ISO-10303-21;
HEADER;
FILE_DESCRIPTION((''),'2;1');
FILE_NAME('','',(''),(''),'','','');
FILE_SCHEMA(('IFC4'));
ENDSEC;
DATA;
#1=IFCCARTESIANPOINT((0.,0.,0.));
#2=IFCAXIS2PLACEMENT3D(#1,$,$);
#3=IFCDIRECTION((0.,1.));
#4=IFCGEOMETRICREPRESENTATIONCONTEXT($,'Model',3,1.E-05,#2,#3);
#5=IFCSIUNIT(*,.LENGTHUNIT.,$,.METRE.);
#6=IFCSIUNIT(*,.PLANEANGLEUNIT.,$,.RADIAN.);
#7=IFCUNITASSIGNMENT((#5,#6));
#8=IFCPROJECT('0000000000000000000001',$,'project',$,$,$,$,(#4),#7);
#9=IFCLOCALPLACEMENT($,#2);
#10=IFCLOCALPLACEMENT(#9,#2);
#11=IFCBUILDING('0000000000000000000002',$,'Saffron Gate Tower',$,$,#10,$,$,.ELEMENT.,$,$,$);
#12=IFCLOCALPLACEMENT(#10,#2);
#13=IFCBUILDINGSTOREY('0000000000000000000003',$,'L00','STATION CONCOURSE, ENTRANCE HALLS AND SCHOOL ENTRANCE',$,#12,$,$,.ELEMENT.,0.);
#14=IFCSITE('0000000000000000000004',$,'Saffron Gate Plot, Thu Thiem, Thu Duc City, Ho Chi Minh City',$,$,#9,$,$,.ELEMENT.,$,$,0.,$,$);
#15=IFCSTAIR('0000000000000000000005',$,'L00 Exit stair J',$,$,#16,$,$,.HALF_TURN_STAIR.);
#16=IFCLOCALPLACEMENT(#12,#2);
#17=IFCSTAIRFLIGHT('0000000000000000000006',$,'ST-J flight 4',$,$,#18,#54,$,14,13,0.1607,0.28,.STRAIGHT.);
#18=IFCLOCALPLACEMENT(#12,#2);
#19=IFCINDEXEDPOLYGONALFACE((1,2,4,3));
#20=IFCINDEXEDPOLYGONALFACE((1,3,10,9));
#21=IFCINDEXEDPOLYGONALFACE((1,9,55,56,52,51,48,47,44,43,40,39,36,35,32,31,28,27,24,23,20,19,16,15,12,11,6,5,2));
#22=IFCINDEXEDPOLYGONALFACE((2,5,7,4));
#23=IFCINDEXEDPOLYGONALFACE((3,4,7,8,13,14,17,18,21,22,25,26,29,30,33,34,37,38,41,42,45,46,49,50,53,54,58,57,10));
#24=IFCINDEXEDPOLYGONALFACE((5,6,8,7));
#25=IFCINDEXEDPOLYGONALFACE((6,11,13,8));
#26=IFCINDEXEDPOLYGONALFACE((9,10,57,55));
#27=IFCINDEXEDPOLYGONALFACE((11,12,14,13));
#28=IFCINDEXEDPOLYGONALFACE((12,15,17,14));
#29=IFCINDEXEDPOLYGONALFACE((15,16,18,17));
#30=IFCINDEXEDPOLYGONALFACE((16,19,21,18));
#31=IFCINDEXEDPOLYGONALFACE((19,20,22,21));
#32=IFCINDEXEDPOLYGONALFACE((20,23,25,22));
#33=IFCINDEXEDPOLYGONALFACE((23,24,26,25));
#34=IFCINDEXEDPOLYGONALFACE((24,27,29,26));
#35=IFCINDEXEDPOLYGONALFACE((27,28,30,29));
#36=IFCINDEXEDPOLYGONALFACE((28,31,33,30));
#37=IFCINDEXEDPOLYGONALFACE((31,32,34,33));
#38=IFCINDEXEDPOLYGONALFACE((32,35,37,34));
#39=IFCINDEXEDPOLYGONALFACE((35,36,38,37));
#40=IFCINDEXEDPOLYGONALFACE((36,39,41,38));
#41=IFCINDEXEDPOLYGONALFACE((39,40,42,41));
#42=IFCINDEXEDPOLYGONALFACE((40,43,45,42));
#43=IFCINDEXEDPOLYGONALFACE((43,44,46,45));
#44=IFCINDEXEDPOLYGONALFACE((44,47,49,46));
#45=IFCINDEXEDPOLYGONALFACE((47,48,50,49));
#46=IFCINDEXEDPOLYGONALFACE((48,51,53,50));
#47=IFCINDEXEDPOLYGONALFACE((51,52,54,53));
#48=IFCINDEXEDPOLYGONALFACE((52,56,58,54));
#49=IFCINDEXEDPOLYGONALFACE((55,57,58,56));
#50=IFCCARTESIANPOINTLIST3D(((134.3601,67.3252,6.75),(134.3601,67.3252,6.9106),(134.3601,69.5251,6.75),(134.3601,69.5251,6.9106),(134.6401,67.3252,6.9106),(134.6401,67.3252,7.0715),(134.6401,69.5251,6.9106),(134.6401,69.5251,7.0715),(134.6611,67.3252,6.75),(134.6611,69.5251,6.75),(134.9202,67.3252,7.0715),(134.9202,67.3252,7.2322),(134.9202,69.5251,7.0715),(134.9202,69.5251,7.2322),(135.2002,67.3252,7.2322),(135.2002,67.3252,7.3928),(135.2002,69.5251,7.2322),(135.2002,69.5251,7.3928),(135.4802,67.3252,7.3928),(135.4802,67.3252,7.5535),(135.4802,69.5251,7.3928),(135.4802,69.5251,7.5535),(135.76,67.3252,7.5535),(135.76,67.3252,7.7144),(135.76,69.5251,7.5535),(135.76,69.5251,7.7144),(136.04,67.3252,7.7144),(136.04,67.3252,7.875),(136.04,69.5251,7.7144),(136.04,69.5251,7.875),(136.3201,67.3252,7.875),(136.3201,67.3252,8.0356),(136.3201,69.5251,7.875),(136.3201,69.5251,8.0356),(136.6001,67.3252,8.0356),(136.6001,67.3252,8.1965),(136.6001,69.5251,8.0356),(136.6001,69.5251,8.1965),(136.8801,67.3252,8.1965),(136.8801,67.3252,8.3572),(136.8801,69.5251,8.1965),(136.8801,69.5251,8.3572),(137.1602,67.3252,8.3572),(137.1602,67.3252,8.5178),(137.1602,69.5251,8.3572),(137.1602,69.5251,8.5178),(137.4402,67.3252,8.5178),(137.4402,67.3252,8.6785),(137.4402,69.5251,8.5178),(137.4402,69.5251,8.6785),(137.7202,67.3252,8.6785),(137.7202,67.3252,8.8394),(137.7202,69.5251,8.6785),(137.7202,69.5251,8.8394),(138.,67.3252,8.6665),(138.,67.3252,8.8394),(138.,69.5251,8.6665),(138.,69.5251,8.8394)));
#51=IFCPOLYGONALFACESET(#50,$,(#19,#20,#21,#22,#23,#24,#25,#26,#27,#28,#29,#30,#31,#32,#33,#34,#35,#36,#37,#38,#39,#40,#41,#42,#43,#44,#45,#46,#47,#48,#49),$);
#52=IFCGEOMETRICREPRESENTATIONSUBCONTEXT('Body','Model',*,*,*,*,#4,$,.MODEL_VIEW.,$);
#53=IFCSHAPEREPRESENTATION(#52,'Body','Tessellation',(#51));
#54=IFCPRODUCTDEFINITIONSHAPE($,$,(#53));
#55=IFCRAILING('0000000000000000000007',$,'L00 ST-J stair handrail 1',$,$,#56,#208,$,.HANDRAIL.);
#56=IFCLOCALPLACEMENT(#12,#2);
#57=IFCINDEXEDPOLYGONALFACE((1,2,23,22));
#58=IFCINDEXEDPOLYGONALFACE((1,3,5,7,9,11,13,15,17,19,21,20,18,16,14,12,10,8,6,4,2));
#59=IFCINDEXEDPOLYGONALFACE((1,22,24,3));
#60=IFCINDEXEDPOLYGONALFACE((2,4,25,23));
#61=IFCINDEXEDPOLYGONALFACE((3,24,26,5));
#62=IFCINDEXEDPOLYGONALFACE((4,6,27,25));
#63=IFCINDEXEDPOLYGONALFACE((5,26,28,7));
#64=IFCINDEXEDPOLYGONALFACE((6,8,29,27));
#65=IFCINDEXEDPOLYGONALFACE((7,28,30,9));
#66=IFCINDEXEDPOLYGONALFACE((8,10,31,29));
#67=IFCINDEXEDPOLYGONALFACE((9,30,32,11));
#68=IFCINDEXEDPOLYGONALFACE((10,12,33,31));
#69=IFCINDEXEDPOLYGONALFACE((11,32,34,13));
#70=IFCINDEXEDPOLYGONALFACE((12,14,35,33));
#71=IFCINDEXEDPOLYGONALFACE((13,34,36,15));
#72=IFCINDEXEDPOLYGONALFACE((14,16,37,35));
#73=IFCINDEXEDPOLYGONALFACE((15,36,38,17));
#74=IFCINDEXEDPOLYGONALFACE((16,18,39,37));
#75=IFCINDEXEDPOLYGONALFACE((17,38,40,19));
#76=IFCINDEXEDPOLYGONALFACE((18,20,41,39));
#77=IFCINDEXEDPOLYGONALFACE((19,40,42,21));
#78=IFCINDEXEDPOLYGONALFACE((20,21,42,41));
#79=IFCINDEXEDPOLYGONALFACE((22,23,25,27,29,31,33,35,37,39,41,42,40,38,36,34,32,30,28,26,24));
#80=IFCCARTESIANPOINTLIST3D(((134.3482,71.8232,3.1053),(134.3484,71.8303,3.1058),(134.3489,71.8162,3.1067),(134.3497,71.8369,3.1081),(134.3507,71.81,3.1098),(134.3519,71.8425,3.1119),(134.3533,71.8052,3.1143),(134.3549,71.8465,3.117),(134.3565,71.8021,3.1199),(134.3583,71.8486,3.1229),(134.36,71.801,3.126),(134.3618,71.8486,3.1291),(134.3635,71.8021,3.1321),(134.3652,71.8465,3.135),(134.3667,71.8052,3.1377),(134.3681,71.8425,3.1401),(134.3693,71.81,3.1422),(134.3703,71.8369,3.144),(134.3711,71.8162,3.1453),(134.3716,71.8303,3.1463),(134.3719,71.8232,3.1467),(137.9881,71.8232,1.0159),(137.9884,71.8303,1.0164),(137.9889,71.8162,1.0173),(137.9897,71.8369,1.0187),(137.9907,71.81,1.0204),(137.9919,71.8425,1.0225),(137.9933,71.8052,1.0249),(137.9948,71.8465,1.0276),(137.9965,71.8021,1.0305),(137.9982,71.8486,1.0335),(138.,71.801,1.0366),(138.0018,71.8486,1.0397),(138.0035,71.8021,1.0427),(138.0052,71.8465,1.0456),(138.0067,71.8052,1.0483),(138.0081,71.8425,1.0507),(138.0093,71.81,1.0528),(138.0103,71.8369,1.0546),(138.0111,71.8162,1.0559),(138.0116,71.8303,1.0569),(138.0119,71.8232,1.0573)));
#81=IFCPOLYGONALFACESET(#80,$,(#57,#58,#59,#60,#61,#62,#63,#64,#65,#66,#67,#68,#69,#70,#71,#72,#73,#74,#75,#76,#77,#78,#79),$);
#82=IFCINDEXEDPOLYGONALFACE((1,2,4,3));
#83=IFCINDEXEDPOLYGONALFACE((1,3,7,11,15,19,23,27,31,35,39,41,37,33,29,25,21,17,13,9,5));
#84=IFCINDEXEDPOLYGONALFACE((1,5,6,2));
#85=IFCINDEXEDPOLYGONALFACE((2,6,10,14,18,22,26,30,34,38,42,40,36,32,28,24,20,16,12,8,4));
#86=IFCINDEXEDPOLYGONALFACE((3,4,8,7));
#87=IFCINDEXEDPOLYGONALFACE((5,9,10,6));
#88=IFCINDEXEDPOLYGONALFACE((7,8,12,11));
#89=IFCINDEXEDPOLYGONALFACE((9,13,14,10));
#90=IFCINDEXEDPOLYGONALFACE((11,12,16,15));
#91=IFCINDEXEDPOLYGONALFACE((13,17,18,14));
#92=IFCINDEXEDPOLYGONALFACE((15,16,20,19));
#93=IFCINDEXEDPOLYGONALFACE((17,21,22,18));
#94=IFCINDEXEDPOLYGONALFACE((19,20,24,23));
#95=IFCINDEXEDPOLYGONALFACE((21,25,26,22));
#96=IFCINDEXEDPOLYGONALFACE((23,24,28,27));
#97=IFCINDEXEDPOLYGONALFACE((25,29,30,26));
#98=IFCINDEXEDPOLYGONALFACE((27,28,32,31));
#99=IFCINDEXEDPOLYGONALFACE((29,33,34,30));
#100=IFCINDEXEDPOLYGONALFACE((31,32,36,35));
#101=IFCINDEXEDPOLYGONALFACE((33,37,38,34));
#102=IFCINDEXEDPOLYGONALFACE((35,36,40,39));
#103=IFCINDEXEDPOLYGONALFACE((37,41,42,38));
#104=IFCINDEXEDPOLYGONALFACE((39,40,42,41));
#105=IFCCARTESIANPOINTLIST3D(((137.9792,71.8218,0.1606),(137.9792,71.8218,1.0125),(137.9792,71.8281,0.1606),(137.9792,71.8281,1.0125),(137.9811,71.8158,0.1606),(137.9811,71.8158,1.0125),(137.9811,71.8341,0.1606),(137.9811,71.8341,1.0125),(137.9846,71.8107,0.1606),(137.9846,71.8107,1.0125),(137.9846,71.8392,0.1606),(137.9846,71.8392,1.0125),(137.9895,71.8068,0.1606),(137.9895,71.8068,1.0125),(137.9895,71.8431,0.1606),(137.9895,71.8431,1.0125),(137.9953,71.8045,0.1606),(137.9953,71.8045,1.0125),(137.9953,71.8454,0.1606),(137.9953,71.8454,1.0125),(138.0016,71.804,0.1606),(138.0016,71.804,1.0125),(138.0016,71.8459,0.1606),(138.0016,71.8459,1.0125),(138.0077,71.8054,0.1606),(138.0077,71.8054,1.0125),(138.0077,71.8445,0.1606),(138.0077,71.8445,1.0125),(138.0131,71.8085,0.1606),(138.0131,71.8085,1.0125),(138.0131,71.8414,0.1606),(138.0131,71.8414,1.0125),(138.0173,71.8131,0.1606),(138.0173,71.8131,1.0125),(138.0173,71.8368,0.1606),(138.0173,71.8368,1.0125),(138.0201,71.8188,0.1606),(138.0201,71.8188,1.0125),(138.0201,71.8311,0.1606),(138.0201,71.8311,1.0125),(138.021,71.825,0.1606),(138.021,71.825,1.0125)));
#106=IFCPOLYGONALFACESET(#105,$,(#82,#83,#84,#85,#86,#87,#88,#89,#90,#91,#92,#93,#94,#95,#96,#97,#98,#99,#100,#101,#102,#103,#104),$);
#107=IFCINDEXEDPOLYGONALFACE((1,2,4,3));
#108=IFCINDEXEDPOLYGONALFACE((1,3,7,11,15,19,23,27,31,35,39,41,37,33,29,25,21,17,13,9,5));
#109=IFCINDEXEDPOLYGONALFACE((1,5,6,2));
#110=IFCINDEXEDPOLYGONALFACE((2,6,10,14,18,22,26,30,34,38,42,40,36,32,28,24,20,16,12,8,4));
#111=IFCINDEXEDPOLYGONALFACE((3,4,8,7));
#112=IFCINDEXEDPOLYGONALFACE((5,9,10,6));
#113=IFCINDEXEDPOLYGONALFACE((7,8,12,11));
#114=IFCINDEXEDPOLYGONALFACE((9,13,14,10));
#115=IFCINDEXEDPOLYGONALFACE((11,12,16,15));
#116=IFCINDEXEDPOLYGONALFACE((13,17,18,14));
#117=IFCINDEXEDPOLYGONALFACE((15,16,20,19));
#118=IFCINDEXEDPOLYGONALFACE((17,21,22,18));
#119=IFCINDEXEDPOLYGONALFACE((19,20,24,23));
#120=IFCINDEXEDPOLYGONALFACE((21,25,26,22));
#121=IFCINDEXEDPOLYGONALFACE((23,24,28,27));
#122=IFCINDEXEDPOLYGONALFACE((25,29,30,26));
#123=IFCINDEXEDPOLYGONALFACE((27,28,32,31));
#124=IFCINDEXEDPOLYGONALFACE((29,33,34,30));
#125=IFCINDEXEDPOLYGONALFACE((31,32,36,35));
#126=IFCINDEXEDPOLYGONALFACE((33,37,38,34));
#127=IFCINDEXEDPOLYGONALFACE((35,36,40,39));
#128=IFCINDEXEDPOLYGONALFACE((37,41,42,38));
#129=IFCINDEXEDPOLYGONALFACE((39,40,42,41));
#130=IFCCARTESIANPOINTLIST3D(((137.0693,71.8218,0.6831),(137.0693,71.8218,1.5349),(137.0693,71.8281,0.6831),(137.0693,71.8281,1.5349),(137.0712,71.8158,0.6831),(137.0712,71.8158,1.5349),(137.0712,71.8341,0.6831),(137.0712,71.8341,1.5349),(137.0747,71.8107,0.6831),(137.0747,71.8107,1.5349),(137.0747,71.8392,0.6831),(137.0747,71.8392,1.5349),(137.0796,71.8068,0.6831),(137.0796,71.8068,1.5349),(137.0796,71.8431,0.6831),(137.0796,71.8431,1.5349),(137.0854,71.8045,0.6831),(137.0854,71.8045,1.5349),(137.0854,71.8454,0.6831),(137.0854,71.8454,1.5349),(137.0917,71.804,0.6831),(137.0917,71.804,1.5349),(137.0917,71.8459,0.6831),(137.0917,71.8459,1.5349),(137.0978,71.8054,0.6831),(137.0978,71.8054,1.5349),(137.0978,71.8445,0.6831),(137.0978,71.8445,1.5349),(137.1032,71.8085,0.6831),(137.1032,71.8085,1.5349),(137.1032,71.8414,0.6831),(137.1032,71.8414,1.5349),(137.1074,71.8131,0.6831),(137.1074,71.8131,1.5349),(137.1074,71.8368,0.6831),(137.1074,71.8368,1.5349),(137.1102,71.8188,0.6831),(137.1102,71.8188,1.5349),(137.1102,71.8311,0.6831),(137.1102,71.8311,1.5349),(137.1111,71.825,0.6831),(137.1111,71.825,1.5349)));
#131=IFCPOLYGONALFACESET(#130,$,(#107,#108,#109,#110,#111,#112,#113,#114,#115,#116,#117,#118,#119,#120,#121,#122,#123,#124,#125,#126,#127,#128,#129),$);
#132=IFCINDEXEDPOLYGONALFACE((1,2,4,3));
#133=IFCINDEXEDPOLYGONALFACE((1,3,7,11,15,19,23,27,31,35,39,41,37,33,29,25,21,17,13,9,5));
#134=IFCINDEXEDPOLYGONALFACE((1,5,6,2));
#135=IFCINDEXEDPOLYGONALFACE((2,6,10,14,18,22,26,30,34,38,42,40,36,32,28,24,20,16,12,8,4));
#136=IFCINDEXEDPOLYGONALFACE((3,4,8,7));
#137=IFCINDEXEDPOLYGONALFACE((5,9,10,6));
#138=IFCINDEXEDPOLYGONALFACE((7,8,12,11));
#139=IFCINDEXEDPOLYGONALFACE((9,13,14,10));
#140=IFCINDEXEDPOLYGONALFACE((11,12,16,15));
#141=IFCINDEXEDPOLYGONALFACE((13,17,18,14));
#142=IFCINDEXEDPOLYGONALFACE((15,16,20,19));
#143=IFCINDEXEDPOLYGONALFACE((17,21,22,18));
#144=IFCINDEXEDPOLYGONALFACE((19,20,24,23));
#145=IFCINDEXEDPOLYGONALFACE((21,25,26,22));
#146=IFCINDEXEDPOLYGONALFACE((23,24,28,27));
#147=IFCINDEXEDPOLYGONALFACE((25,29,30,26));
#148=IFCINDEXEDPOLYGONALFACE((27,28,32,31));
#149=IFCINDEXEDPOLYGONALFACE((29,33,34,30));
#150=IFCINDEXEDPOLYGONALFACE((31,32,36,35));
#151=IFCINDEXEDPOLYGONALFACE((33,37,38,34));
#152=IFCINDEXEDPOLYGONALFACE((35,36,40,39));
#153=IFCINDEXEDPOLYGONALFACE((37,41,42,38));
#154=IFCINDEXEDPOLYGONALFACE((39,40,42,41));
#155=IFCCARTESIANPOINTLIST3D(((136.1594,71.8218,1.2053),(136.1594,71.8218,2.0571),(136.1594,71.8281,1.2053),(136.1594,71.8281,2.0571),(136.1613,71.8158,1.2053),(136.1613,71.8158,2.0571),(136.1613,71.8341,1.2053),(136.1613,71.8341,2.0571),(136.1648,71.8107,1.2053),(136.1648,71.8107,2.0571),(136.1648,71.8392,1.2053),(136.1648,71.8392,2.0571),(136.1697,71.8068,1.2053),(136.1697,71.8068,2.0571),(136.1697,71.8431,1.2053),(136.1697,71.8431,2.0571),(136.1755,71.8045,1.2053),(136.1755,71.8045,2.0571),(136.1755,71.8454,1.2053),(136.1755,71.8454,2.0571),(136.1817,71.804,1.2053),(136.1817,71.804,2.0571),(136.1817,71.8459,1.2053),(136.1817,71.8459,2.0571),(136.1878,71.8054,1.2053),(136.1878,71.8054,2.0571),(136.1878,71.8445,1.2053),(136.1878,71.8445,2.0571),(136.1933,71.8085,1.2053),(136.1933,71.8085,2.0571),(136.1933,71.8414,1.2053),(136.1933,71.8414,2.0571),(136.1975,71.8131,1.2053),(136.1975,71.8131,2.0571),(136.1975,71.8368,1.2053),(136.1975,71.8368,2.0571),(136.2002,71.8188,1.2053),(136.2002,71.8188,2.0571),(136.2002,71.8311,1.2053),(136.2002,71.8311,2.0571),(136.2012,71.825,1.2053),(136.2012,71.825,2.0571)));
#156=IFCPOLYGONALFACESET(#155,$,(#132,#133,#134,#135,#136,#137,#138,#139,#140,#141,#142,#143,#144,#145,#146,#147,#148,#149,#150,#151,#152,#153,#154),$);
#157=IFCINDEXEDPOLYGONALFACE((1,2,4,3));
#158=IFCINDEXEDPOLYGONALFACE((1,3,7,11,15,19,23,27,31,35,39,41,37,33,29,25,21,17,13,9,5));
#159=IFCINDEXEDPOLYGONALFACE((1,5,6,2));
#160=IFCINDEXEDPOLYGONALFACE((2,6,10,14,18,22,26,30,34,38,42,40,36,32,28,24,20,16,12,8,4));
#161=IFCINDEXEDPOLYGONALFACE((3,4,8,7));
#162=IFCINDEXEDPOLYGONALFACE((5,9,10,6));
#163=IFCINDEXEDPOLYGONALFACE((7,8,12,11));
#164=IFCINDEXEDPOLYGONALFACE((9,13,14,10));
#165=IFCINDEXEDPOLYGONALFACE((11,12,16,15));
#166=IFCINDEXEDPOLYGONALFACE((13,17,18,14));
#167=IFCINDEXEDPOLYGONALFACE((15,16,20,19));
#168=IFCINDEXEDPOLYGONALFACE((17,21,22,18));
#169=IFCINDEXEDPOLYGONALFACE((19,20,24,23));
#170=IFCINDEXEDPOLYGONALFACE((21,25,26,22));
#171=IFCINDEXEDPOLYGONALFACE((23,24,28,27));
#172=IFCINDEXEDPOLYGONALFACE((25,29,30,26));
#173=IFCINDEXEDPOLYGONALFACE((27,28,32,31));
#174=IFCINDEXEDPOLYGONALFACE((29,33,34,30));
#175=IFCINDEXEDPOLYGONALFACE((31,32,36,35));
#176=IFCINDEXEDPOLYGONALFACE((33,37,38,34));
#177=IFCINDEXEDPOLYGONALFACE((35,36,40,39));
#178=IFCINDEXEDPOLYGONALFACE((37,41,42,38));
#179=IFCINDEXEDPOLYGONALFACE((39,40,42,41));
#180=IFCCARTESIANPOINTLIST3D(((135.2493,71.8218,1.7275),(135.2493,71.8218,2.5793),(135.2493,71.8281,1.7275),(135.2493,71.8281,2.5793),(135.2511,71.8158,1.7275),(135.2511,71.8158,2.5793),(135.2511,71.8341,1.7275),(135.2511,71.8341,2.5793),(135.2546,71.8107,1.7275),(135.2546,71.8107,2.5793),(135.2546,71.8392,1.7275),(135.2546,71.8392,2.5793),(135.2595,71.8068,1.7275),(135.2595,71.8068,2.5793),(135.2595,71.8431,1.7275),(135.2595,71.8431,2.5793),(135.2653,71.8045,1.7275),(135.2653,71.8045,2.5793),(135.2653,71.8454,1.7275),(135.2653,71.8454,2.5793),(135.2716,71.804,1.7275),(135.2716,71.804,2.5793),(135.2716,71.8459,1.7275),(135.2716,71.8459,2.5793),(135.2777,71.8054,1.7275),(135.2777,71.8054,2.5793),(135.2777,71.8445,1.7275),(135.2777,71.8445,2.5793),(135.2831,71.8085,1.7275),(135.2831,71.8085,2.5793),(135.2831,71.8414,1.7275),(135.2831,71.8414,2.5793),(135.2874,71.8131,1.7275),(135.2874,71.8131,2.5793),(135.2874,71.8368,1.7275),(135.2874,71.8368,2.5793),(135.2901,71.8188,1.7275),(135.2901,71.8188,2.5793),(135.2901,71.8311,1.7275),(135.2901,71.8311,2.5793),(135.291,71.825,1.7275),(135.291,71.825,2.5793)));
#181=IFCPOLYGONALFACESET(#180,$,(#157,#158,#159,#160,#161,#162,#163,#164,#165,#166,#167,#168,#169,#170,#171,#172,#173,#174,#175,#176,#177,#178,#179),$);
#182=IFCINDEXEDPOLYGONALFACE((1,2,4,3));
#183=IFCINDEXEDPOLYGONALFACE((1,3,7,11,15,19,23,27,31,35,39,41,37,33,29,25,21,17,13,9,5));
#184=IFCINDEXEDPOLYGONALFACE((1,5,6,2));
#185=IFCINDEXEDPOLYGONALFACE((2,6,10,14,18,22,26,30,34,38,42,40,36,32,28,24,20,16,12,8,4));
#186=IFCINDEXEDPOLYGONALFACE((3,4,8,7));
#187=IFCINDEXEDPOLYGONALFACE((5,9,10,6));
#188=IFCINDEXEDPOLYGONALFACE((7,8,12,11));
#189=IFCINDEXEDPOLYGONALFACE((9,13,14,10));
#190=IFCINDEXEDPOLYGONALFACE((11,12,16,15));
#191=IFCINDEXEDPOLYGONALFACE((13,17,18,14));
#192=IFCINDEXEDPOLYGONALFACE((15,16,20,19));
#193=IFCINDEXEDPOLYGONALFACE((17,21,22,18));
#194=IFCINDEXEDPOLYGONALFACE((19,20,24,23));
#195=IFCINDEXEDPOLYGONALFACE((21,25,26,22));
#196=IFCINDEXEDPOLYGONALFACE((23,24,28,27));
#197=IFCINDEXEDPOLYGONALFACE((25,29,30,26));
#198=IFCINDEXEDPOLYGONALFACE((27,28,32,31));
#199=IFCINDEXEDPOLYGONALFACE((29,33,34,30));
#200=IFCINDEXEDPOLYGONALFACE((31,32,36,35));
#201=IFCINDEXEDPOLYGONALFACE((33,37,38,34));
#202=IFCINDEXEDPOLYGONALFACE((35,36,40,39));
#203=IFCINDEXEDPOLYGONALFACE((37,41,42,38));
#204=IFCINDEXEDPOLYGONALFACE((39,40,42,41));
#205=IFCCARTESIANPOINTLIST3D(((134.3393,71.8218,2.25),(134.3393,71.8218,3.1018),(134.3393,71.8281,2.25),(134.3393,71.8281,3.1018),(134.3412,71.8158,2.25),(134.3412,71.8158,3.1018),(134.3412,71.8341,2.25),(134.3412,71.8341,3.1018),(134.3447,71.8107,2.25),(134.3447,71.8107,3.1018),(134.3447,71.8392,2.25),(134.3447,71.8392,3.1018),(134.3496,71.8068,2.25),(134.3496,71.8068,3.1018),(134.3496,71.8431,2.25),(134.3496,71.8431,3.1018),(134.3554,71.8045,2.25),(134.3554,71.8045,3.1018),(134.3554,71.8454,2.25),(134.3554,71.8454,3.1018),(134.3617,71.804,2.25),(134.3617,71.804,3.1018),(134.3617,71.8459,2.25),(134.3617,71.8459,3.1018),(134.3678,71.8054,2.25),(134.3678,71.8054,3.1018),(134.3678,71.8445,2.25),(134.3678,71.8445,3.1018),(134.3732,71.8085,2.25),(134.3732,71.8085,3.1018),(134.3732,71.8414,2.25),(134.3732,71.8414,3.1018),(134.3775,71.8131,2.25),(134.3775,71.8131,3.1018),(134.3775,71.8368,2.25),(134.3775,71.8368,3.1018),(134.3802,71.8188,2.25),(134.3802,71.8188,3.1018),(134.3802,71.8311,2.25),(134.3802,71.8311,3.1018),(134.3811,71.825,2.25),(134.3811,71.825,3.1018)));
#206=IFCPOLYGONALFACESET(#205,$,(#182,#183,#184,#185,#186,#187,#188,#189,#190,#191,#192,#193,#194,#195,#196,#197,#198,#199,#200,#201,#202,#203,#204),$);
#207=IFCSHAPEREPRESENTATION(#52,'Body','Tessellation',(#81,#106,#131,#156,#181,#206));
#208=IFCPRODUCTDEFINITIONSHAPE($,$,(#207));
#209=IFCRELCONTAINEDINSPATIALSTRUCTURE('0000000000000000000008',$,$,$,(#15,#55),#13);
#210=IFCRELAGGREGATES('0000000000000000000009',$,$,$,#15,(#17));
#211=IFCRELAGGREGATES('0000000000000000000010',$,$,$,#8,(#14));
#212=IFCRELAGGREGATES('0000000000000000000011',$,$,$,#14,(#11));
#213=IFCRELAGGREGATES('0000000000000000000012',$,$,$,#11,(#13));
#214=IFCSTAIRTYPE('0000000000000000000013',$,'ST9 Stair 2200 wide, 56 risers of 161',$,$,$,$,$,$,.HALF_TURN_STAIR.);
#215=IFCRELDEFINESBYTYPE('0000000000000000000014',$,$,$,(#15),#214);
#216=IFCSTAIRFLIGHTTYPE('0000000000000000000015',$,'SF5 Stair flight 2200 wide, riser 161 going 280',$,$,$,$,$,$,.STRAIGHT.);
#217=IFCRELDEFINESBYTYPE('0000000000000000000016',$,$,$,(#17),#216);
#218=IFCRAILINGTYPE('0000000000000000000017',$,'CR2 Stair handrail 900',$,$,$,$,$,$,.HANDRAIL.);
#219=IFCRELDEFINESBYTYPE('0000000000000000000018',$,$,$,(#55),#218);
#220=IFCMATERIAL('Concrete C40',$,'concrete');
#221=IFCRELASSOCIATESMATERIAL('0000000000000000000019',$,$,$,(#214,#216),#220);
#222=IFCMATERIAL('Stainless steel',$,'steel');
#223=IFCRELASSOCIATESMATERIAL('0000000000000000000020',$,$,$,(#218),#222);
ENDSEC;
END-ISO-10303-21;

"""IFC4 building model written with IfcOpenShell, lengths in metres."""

from ifc_helpers import new_model, si_unit, direction, frame, origin, origin_2d, place, context, subcontext, project, spatial, polyline, circle, outline, extrude, material, type_object, element, aggregate, save


model = new_model("IFC4")

# Units and contexts
model_context = context("Model", 3, precision=1e-05, world=origin(), true_north=direction((0.0, 1.0)))
body_context = subcontext(model_context, "Body", "Model", "MODEL_VIEW")
ifc_project = project(units=[si_unit("LENGTHUNIT", "METRE"), si_unit("PLANEANGLEUNIT", "RADIAN")], contexts=[model_context])

# Site, building, storey
site_placement = place(None, origin())
site = spatial("IfcSite", under=ifc_project, at=site_placement, Name="Saffron Gate Plot, Thu Thiem, Thu Duc City, Ho Chi Minh City", CompositionType="ELEMENT", RefElevation=0.0)
building_placement = place(site_placement, origin())
building = spatial("IfcBuilding", under=site, at=building_placement, Name="Saffron Gate Tower", CompositionType="ELEMENT")
storey_placement = place(building_placement, origin())
storey = spatial("IfcBuildingStorey", under=building, at=storey_placement, Name="L00", Description="STATION CONCOURSE, ENTRANCE HALLS AND SCHOOL ENTRANCE", CompositionType="ELEMENT", Elevation=0.0)

# Stair, stair flight
ifc_material_1 = material(Name="Concrete C40", Category="concrete")
stair_type = type_object("IfcStairType", Name="ST9 Stair 2200 wide, 56 risers of 161", PredefinedType="HALF_TURN_STAIR", material=ifc_material_1)
stair_placement = place(storey_placement, origin())
stair = element("IfcStair", 1, at=stair_placement, inside=storey, type_object=stair_type, Name="L00 Exit stair J", PredefinedType="HALF_TURN_STAIR")
stair_flight_type = type_object("IfcStairFlightType", Name="SF5 Stair flight 2200 wide, riser 161 going 280", PredefinedType="STRAIGHT", material=ifc_material_1)
stair_flight_1_placement = place(storey_placement, frame((134.3601, 68.425, 6.75), z_axis=(0.0, 0.0, 1.0), x_axis=(1.0, 0.0, 0.0)))
stair_flight_1 = element("IfcStairFlight", 2, at=stair_flight_1_placement, type_object=stair_flight_type, Name="ST-J flight 4", NumberOfRisers=14, NumberOfTreads=13, PredefinedType="STRAIGHT", RiserHeight=0.1607, TreadLength=0.28, context=body_context, shape_type="SweptSolid", body=[
    extrude(outline(polyline([(0.0, 0.0), (0.0, 0.1606), (0.28, 0.1606), (0.28, 0.3215), (0.5601, 0.3215), (0.5601, 0.4822), (0.8401, 0.4822), (0.8401, 0.6428), (1.1201, 0.6428), (1.1201, 0.8035), (1.3999, 0.8035), (1.3999, 0.9644), (1.6799, 0.9644), (1.6799, 1.125), (1.96, 1.125), (1.96, 1.2856), (2.24, 1.2856), (2.24, 1.4465), (2.52, 1.4465), (2.52, 1.6072), (2.8, 1.6072), (2.8, 1.7678), (3.0801, 1.7678), (3.0801, 1.9285), (3.3601, 1.9285), (3.3601, 2.0894), (3.6399, 2.0894), (3.6399, 2.25), (3.6399, 1.9165), (0.301, 0.0), (0.0, 0.0)])), frame((0.0, 1.1001, 0.0), z_axis=(0.0, -1.0, 0.0), x_axis=(1.0, 0.0, 0.0)), (0.0, 0.0, 1.0), 2.2),
])
aggregate(stair, [stair_flight_1])

# Railing
ifc_material_2 = material(Name="Stainless steel", Category="steel")
railing_type_1 = type_object("IfcRailingType", Name="CR2 Stair handrail 900", PredefinedType="HANDRAIL", material=ifc_material_2)
railing_1_placement = place(storey_placement, frame((138.0, 71.825, 0.1606)))
element("IfcRailing", 3, at=railing_1_placement, inside=storey, type_object=railing_type_1, Name="L00 ST-J stair handrail 1", PredefinedType="HANDRAIL", context=body_context, shape_type="SweptSolid", body=[
    extrude(circle(Radius=0.0239, at=origin_2d()), frame((0.0, 0.0, 0.876), z_axis=(-0.867275, 0.0, 0.497829), x_axis=(0.0, -1.0, 0.0)), (0.0, 0.0, 1.0), 4.197),
    extrude(circle(Radius=0.021, at=origin_2d()), origin(), (0.0, 0.0, 1.0), 0.8518),
    extrude(circle(Radius=0.021, at=origin_2d()), frame((-0.9099, 0.0, 0.5225)), (0.0, 0.0, 1.0), 0.8518),
    extrude(circle(Radius=0.021, at=origin_2d()), frame((-1.8198, 0.0, 1.0447)), (0.0, 0.0, 1.0), 0.8518),
    extrude(circle(Radius=0.021, at=origin_2d()), frame((-2.73, 0.0, 1.5669)), (0.0, 0.0, 1.0), 0.8518),
    extrude(circle(Radius=0.021, at=origin_2d()), frame((-3.6399, 0.0, 2.0894)), (0.0, 0.0, 1.0), 0.8518),
])

save(model, "model.ifc")
